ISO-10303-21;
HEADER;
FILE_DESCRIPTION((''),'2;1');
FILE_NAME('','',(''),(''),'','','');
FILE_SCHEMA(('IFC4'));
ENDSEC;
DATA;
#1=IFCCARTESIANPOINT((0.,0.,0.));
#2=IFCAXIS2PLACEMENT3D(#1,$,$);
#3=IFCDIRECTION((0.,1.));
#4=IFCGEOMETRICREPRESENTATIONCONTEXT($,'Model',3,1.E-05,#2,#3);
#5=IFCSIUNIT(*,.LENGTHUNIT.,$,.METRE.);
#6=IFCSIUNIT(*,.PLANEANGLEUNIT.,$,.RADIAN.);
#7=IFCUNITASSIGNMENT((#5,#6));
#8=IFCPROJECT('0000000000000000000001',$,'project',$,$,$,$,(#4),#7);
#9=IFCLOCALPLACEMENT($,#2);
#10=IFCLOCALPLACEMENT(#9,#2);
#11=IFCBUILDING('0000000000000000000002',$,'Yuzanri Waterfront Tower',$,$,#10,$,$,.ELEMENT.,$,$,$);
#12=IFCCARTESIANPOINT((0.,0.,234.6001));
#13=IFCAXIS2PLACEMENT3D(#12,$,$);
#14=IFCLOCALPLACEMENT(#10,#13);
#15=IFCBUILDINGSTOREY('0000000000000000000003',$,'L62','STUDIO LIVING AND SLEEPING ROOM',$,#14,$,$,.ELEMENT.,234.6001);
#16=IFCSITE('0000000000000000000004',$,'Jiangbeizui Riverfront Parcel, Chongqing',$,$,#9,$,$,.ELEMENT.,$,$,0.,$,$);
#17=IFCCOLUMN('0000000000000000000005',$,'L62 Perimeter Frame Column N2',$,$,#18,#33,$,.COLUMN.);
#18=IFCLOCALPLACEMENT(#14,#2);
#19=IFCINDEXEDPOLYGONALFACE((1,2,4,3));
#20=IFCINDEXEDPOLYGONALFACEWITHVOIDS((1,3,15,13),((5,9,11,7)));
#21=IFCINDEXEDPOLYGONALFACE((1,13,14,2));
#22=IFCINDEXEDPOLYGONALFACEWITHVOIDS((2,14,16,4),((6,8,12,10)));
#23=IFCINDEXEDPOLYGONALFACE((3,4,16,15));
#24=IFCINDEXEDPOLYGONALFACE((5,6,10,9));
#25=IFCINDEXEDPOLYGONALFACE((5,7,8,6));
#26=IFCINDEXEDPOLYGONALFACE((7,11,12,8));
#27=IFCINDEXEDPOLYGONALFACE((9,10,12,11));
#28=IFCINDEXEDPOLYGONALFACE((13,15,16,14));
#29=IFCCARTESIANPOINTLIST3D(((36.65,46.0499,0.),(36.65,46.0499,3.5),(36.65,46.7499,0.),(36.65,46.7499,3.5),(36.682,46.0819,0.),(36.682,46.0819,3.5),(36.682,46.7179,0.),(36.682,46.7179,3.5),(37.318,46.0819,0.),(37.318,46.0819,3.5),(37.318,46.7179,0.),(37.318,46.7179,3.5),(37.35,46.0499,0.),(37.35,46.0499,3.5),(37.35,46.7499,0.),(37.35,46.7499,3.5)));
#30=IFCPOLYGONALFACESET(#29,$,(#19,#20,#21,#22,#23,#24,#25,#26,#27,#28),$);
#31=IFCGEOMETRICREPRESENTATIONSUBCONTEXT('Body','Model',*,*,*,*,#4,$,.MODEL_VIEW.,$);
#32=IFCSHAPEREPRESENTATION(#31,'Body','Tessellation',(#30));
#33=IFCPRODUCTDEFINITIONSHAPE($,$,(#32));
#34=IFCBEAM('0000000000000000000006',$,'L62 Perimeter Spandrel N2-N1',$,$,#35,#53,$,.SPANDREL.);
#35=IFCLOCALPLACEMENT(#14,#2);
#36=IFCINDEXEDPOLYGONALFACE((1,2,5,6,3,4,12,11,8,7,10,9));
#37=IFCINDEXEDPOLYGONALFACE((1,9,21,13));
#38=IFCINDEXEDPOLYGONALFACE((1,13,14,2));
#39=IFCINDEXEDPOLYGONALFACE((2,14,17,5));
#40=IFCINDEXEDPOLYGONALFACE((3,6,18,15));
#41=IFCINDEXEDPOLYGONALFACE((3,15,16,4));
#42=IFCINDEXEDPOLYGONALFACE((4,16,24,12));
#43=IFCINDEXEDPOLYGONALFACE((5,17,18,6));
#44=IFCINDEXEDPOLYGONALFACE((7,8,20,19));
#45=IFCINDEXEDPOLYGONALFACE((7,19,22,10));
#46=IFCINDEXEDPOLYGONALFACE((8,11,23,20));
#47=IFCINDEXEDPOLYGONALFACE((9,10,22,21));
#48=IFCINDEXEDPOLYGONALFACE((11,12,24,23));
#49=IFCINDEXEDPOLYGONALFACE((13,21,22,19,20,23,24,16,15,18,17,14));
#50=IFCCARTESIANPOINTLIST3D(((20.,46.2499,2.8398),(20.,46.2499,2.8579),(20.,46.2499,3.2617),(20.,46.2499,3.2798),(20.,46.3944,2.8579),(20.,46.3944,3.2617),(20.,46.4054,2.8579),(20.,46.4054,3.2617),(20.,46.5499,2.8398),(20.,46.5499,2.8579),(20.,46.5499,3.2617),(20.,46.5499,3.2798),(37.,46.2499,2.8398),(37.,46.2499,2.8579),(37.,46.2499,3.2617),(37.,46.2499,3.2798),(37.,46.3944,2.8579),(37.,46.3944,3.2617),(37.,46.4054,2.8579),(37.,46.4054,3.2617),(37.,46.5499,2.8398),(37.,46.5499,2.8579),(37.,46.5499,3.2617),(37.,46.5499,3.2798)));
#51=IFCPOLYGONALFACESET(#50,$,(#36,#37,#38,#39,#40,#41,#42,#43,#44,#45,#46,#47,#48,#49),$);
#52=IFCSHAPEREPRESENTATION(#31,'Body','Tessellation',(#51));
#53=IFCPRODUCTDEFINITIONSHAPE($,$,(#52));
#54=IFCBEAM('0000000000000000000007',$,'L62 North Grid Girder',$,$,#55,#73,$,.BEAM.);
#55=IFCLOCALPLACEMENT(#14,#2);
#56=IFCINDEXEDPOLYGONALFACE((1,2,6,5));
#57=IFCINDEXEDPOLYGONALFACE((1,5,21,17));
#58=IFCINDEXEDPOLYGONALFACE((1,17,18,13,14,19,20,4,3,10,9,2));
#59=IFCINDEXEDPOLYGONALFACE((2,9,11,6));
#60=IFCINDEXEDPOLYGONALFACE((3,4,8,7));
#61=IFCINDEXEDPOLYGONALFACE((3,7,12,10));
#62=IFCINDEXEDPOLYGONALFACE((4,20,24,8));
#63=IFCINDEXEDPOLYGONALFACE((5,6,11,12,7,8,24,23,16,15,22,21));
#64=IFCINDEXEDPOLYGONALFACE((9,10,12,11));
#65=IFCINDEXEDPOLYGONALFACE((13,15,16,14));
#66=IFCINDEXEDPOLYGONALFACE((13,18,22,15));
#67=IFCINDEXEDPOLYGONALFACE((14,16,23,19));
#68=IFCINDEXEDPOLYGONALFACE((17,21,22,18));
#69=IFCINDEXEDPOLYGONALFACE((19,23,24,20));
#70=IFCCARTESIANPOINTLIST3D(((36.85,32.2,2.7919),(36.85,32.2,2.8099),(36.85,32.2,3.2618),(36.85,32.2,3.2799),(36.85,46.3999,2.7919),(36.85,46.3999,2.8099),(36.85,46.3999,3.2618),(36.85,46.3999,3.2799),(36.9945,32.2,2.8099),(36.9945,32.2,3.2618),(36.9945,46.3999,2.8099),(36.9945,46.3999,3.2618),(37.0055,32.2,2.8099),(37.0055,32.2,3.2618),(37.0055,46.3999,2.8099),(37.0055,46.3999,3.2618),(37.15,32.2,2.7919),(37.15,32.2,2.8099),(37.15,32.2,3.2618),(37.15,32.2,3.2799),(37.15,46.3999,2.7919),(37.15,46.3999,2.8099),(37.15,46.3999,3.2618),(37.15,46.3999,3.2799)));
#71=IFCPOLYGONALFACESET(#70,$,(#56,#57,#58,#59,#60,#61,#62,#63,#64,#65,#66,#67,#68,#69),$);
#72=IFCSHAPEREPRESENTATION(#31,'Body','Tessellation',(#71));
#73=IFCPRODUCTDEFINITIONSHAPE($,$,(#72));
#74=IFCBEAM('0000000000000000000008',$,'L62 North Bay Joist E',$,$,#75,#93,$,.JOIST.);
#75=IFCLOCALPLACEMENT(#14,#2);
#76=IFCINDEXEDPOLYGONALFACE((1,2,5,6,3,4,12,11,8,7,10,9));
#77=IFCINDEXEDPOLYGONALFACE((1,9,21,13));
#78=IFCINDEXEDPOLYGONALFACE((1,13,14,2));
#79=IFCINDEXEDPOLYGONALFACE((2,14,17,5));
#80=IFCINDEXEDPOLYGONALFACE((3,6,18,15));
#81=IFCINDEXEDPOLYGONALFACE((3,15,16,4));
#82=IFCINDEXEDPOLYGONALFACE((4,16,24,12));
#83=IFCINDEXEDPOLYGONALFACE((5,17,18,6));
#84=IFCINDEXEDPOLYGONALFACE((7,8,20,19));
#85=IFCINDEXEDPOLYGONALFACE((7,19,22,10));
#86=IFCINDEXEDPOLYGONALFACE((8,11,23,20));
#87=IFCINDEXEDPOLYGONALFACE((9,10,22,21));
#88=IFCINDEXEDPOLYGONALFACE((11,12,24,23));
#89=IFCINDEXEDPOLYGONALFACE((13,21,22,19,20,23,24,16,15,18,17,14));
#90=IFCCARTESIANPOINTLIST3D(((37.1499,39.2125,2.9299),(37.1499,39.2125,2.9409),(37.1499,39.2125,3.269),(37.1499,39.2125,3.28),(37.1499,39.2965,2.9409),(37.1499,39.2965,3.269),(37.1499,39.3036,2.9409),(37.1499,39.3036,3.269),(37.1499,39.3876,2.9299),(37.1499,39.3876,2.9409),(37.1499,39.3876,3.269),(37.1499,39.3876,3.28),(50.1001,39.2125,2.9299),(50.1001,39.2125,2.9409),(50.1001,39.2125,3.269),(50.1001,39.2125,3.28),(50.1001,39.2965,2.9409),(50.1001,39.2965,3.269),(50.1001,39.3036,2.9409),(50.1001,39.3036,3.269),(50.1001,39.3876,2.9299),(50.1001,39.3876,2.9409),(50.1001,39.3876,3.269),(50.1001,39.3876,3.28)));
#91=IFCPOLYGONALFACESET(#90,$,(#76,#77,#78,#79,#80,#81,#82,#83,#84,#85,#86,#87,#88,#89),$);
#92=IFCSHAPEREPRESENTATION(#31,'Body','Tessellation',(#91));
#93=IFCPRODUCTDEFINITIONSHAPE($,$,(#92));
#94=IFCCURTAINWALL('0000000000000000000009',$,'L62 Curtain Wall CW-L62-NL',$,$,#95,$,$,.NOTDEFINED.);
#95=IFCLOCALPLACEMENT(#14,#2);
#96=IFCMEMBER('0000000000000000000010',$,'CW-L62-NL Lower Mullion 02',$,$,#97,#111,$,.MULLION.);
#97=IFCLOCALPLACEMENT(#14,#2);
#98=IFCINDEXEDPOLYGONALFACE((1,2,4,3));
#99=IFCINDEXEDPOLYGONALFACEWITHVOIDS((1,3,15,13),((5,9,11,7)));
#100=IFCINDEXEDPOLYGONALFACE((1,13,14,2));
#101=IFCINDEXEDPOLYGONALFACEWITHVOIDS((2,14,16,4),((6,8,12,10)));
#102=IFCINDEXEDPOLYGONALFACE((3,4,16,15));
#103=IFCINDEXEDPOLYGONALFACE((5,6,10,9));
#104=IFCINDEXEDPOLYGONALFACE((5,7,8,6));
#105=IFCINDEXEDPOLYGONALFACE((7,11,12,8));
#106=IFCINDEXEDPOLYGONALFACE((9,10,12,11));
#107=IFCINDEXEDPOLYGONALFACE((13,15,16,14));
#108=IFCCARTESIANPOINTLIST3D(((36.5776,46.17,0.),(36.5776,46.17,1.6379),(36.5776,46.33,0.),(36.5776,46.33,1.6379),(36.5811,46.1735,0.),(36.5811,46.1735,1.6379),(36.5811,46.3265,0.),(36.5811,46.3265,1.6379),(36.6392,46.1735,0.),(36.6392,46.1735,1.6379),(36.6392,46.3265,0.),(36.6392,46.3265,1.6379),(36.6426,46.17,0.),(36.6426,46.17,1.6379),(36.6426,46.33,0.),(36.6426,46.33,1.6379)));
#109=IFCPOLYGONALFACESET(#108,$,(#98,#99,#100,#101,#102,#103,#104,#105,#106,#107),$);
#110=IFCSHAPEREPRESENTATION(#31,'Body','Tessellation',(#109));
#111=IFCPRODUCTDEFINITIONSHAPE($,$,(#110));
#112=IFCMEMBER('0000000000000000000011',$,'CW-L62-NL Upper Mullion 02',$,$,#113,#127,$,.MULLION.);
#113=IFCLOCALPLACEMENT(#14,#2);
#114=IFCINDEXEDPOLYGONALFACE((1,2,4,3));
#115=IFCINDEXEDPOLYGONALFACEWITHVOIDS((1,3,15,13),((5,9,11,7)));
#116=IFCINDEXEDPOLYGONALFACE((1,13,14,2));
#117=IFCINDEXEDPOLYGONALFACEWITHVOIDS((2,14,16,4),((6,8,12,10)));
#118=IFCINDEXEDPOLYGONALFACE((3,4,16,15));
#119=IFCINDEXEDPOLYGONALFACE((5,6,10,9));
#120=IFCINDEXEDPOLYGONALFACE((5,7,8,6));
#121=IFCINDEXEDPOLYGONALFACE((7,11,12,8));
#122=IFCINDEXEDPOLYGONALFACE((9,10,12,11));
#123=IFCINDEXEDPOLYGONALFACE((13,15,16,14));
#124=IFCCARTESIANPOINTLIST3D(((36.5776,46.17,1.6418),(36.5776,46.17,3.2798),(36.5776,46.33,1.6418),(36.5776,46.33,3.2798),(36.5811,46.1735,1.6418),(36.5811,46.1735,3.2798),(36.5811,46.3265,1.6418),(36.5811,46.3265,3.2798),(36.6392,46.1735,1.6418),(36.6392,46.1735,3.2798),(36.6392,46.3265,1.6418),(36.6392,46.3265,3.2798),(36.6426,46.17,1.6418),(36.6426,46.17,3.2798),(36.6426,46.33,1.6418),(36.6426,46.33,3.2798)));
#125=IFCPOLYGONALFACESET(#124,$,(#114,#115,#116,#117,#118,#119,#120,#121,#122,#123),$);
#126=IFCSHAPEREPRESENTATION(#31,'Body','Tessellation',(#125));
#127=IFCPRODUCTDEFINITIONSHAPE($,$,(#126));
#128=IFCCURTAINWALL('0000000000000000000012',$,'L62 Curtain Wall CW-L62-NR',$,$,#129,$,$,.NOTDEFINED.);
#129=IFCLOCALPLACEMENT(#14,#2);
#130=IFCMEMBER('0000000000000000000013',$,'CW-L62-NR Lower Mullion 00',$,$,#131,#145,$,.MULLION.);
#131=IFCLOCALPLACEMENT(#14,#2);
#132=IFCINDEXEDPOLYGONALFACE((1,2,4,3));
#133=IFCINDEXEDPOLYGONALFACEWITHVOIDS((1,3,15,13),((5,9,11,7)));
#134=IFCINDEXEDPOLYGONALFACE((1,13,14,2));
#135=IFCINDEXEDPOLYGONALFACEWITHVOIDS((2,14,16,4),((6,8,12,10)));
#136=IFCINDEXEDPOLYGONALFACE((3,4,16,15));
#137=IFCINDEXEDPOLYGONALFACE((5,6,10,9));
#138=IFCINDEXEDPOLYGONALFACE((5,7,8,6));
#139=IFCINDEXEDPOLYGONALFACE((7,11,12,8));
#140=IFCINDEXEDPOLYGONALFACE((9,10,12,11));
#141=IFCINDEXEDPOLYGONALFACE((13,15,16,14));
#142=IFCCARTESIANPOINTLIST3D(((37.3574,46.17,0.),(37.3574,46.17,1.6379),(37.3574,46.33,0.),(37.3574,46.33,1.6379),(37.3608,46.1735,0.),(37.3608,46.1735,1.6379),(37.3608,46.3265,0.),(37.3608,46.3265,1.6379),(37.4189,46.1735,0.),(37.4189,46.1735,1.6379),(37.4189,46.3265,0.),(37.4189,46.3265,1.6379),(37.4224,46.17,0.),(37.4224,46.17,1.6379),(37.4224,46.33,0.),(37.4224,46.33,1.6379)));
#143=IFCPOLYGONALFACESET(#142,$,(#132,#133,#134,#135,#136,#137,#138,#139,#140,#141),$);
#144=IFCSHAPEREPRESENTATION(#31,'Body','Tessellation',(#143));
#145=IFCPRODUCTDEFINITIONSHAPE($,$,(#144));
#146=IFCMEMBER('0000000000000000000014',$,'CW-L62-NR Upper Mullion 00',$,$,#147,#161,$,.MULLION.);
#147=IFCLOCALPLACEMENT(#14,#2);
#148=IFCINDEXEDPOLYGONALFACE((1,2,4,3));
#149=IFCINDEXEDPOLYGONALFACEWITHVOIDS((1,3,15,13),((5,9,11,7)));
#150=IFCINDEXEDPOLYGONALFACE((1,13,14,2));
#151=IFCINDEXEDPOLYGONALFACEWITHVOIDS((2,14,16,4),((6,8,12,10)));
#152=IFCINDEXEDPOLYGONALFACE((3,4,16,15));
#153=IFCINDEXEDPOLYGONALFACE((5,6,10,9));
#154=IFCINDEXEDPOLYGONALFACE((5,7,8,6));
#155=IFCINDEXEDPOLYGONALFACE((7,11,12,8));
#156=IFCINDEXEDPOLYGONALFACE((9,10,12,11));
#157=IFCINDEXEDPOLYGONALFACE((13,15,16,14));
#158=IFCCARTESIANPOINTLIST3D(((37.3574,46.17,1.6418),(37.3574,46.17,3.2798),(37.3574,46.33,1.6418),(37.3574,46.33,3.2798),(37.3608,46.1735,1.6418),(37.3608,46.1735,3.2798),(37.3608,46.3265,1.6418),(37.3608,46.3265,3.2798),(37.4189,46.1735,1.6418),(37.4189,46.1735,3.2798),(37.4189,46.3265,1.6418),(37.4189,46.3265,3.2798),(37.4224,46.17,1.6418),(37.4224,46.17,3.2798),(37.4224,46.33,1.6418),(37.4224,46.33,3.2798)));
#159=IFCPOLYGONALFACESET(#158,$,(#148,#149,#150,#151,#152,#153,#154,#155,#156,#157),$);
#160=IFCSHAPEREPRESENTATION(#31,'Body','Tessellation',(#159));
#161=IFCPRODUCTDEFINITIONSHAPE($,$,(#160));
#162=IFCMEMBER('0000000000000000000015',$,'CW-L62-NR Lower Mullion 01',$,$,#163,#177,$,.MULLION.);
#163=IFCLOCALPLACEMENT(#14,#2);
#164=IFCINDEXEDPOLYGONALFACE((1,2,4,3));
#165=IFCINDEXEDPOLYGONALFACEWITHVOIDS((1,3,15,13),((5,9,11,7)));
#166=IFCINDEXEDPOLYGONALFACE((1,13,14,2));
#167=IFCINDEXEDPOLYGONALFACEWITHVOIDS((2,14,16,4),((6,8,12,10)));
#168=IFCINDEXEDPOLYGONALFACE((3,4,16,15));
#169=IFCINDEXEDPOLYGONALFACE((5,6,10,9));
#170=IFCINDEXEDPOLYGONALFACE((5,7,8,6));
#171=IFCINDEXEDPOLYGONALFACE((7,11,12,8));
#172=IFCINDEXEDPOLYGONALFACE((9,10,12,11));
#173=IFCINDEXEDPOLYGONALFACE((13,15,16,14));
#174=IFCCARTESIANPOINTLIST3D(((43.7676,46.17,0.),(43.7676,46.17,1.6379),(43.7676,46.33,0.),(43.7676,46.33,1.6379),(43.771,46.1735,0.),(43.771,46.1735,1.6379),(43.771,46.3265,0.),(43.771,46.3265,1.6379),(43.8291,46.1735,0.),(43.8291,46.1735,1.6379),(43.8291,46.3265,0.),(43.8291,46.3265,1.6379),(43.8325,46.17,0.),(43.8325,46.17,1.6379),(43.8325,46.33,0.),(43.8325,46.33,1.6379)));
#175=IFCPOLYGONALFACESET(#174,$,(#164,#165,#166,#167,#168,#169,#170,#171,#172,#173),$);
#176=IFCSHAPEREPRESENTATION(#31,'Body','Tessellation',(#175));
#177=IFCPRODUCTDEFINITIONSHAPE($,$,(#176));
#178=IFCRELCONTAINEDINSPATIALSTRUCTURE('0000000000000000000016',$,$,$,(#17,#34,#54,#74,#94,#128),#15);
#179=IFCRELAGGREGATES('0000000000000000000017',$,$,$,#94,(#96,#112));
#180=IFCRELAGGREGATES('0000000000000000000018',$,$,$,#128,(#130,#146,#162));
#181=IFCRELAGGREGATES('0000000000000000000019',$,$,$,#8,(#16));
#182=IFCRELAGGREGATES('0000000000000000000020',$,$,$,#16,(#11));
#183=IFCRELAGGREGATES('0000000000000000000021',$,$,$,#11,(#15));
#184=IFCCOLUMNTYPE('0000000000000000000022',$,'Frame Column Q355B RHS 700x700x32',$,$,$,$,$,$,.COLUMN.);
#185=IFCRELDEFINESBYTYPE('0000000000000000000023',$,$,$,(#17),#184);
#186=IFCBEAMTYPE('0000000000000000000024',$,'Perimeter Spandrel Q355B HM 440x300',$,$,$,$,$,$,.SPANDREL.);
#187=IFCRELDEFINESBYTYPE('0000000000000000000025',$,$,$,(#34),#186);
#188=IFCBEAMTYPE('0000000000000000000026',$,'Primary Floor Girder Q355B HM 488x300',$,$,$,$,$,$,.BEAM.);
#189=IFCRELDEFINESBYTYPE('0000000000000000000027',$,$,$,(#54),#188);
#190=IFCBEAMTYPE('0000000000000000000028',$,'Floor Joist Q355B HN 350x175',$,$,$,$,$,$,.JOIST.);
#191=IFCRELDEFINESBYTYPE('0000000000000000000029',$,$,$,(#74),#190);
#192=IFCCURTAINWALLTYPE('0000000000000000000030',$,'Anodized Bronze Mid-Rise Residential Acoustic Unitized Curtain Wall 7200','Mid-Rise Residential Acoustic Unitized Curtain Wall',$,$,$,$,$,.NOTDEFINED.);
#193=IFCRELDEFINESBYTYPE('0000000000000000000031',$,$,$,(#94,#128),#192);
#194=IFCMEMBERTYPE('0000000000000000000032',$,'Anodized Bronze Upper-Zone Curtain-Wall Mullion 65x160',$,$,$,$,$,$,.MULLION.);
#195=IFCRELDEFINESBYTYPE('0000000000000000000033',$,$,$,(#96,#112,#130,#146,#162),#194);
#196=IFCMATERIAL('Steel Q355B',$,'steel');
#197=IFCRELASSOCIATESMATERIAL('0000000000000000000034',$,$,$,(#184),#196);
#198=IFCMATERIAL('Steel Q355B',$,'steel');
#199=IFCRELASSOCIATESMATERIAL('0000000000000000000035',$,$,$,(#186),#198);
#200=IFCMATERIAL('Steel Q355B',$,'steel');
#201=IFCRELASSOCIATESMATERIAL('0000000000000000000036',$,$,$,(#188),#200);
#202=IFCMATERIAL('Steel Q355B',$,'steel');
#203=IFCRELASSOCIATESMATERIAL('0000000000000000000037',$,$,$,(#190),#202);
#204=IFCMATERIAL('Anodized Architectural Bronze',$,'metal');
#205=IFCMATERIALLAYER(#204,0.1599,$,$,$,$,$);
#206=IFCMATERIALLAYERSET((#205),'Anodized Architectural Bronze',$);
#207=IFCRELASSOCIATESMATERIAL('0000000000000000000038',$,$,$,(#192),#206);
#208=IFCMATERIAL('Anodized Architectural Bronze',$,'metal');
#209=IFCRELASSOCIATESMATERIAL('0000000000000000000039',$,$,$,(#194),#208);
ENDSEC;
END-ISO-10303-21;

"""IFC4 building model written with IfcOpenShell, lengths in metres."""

from ifc_helpers import new_model, si_unit, direction, frame, origin, origin_2d, place, context, subcontext, project, spatial, hollow_rectangle, i_section, extrude, source, transform, mapped, material, layer, layer_set, material_profile, profile_set, type_object, element, aggregate, save


model = new_model("IFC4")

# Units and contexts
model_context = context("Model", 3, precision=1e-05, world=origin(), true_north=direction((0.0, 1.0)))
body_context = subcontext(model_context, "Body", "Model", "MODEL_VIEW")
ifc_project = project(units=[si_unit("LENGTHUNIT", "METRE"), si_unit("PLANEANGLEUNIT", "RADIAN")], contexts=[model_context])

# Site, building, storey
site_placement = place(None, origin())
site = spatial("IfcSite", under=ifc_project, at=site_placement, Name="Jiangbeizui Riverfront Parcel, Chongqing", CompositionType="ELEMENT", RefElevation=0.0)
building_placement = place(site_placement, origin())
building = spatial("IfcBuilding", under=site, at=building_placement, Name="Yuzanri Waterfront Tower", CompositionType="ELEMENT")
storey_placement = place(building_placement, frame((0.0, 0.0, 234.6001)))
storey = spatial("IfcBuildingStorey", under=building, at=storey_placement, Name="L62", Description="STUDIO LIVING AND SLEEPING ROOM", CompositionType="ELEMENT", Elevation=234.6001)

# Column
ifc_material_1 = material(Name="Steel Q355B", Category="steel")
ifc_material_profile_1 = material_profile(ifc_material_1, hollow_rectangle(XDim=0.7, YDim=0.7, WallThickness=0.032, at=origin_2d()), Name="RHS 700x700x32")
ifc_profile_set_1 = profile_set([ifc_material_profile_1], Name="Steel Q355B")
column_type = type_object("IfcColumnType", Name="Frame Column Q355B RHS 700x700x32", PredefinedType="COLUMN", material=ifc_profile_set_1)
shared_shape_1 = source(origin(), body_context, "Body", "SweptSolid", [
    extrude(hollow_rectangle(XDim=0.7, YDim=0.7, WallThickness=0.032, at=origin_2d()), origin(), (0.0, 0.0, 1.0), 3.5),
])
column_placement = place(storey_placement, frame((37.0, 46.3999, 0.0), z_axis=(0.0, 0.0, 1.0), x_axis=(1.0, 0.0, 0.0)))
element("IfcColumn", 1, at=column_placement, inside=storey, type_object=column_type, Name="L62 Perimeter Frame Column N2", PredefinedType="COLUMN", context=body_context, shape_type="MappedRepresentation", body=[
    mapped(shared_shape_1, transform((0.0, 0.0, 0.0), scale=1.0)),
])

# Beams
ifc_material_2 = material(Name="Steel Q355B", Category="steel")
ifc_material_profile_2 = material_profile(ifc_material_2, i_section(OverallWidth=0.3, OverallDepth=0.4399, WebThickness=0.011, FlangeThickness=0.0181, at=origin_2d()), Name="HM 440x300x11x18")
ifc_profile_set_2 = profile_set([ifc_material_profile_2], Name="Steel Q355B")
beam_type_1 = type_object("IfcBeamType", Name="Perimeter Spandrel Q355B HM 440x300", PredefinedType="SPANDREL", material=ifc_profile_set_2)
shared_shape_2 = source(origin(), body_context, "Body", "SweptSolid", [
    extrude(i_section(OverallWidth=0.3, OverallDepth=0.4399, WebThickness=0.011, FlangeThickness=0.0181, at=origin_2d()), origin(), (0.0, 0.0, 1.0), 17.0),
])
beam_1_placement = place(storey_placement, frame((37.0, 46.3999, 3.0598), z_axis=(-1.0, 0.0, 0.0), x_axis=(0.0, -1.0, 0.0)))
element("IfcBeam", 2, at=beam_1_placement, inside=storey, type_object=beam_type_1, Name="L62 Perimeter Spandrel N2-N1", PredefinedType="SPANDREL", context=body_context, shape_type="MappedRepresentation", body=[
    mapped(shared_shape_2, transform((0.0, 0.0, 0.0), scale=1.0)),
])
ifc_material_3 = material(Name="Steel Q355B", Category="steel")
ifc_material_profile_3 = material_profile(ifc_material_3, i_section(OverallWidth=0.3, OverallDepth=0.488, WebThickness=0.011, FlangeThickness=0.0181, at=origin_2d()), Name="HM 488x300x11x18")
ifc_profile_set_3 = profile_set([ifc_material_profile_3], Name="Steel Q355B")
beam_type_2 = type_object("IfcBeamType", Name="Primary Floor Girder Q355B HM 488x300", PredefinedType="BEAM", material=ifc_profile_set_3)
shared_shape_3 = source(origin(), body_context, "Body", "SweptSolid", [
    extrude(i_section(OverallWidth=0.3, OverallDepth=0.488, WebThickness=0.011, FlangeThickness=0.0181, at=origin_2d()), origin(), (0.0, 0.0, 1.0), 14.2),
])
beam_2_placement = place(storey_placement, frame((37.0, 32.2, 3.0359), z_axis=(0.0, 1.0, 0.0), x_axis=(-1.0, 0.0, 0.0)))
element("IfcBeam", 3, at=beam_2_placement, inside=storey, type_object=beam_type_2, Name="L62 North Grid Girder", PredefinedType="BEAM", context=body_context, shape_type="MappedRepresentation", body=[
    mapped(shared_shape_3, transform((0.0, 0.0, 0.0), scale=1.0)),
])
ifc_material_4 = material(Name="Steel Q355B", Category="steel")
ifc_material_profile_4 = material_profile(ifc_material_4, i_section(OverallWidth=0.175, OverallDepth=0.3501, WebThickness=0.0071, FlangeThickness=0.011, at=origin_2d()), Name="HN 350x175x7x11")
ifc_profile_set_4 = profile_set([ifc_material_profile_4], Name="Steel Q355B")
beam_type_3 = type_object("IfcBeamType", Name="Floor Joist Q355B HN 350x175", PredefinedType="JOIST", material=ifc_profile_set_4)
shared_shape_4 = source(origin(), body_context, "Body", "SweptSolid", [
    extrude(i_section(OverallWidth=0.175, OverallDepth=0.3501, WebThickness=0.0071, FlangeThickness=0.011, at=origin_2d()), origin(), (0.0, 0.0, 1.0), 12.9502),
])
beam_3_placement = place(storey_placement, frame((37.1499, 39.3, 3.105), z_axis=(1.0, 0.0, 0.0), x_axis=(0.0, 1.0, 0.0)))
element("IfcBeam", 4, at=beam_3_placement, inside=storey, type_object=beam_type_3, Name="L62 North Bay Joist E", PredefinedType="JOIST", context=body_context, shape_type="MappedRepresentation", body=[
    mapped(shared_shape_4, transform((0.0, 0.0, 0.0), scale=1.0)),
])

# Curtain wall, members
ifc_material_5 = material(Name="Anodized Architectural Bronze", Category="metal")
ifc_layer_1 = layer(ifc_material_5, 0.1599)
ifc_layer_set_1 = layer_set([ifc_layer_1], Name="Anodized Architectural Bronze")
curtain_wall_type = type_object("IfcCurtainWallType", Name="Anodized Bronze Mid-Rise Residential Acoustic Unitized Curtain Wall 7200", Description="Mid-Rise Residential Acoustic Unitized Curtain Wall", PredefinedType="NOTDEFINED", material=ifc_layer_set_1)
curtain_wall_1_placement = place(storey_placement, origin())
curtain_wall_1 = element("IfcCurtainWall", 5, at=curtain_wall_1_placement, inside=storey, type_object=curtain_wall_type, Name="L62 Curtain Wall CW-L62-NL", PredefinedType="NOTDEFINED")
ifc_material_6 = material(Name="Anodized Architectural Bronze", Category="metal")
ifc_material_profile_5 = material_profile(ifc_material_6, hollow_rectangle(XDim=0.0649, YDim=0.1599, WallThickness=0.0034, at=origin_2d()), Name="CWM 65x160")
ifc_profile_set_5 = profile_set([ifc_material_profile_5], Name="Anodized Architectural Bronze")
member_type_1 = type_object("IfcMemberType", Name="Anodized Bronze Upper-Zone Curtain-Wall Mullion 65x160", PredefinedType="MULLION", material=ifc_profile_set_5)
shared_shape_5 = source(origin(), body_context, "Body", "SweptSolid", [
    extrude(hollow_rectangle(XDim=0.0649, YDim=0.1599, WallThickness=0.0034, at=origin_2d()), origin(), (0.0, 0.0, 1.0), 1.6379),
])
member_1_placement = place(storey_placement, frame((36.6101, 46.25, 0.0), z_axis=(0.0, 0.0, 1.0), x_axis=(1.0, 0.0, 0.0)))
member_1 = element("IfcMember", 6, at=member_1_placement, type_object=member_type_1, Name="CW-L62-NL Lower Mullion 02", PredefinedType="MULLION", context=body_context, shape_type="MappedRepresentation", body=[
    mapped(shared_shape_5, transform((0.0, 0.0, 0.0), scale=1.0)),
])
member_2_placement = place(storey_placement, frame((36.6101, 46.25, 1.6418), z_axis=(0.0, 0.0, 1.0), x_axis=(1.0, 0.0, 0.0)))
member_2 = element("IfcMember", 7, at=member_2_placement, type_object=member_type_1, Name="CW-L62-NL Upper Mullion 02", PredefinedType="MULLION", context=body_context, shape_type="MappedRepresentation", body=[
    mapped(shared_shape_5, transform((0.0, 0.0, 0.0), scale=1.0)),
])
aggregate(curtain_wall_1, [member_1, member_2])

# Curtain wall, members
curtain_wall_2_placement = place(storey_placement, origin())
curtain_wall_2 = element("IfcCurtainWall", 8, at=curtain_wall_2_placement, inside=storey, type_object=curtain_wall_type, Name="L62 Curtain Wall CW-L62-NR", PredefinedType="NOTDEFINED")
member_3_placement = place(storey_placement, frame((37.3899, 46.25, 0.0), z_axis=(0.0, 0.0, 1.0), x_axis=(1.0, 0.0, 0.0)))
member_3 = element("IfcMember", 9, at=member_3_placement, type_object=member_type_1, Name="CW-L62-NR Lower Mullion 00", PredefinedType="MULLION", context=body_context, shape_type="MappedRepresentation", body=[
    mapped(shared_shape_5, transform((0.0, 0.0, 0.0), scale=1.0)),
])
member_4_placement = place(storey_placement, frame((37.3899, 46.25, 1.6418), z_axis=(0.0, 0.0, 1.0), x_axis=(1.0, 0.0, 0.0)))
member_4 = element("IfcMember", 10, at=member_4_placement, type_object=member_type_1, Name="CW-L62-NR Upper Mullion 00", PredefinedType="MULLION", context=body_context, shape_type="MappedRepresentation", body=[
    mapped(shared_shape_5, transform((0.0, 0.0, 0.0), scale=1.0)),
])
member_5_placement = place(storey_placement, frame((43.8, 46.25, 0.0), z_axis=(0.0, 0.0, 1.0), x_axis=(1.0, 0.0, 0.0)))
member_5 = element("IfcMember", 11, at=member_5_placement, type_object=member_type_1, Name="CW-L62-NR Lower Mullion 01", PredefinedType="MULLION", context=body_context, shape_type="MappedRepresentation", body=[
    mapped(shared_shape_5, transform((0.0, 0.0, 0.0), scale=1.0)),
])
aggregate(curtain_wall_2, [member_3, member_4, member_5])

save(model, "model.ifc")
